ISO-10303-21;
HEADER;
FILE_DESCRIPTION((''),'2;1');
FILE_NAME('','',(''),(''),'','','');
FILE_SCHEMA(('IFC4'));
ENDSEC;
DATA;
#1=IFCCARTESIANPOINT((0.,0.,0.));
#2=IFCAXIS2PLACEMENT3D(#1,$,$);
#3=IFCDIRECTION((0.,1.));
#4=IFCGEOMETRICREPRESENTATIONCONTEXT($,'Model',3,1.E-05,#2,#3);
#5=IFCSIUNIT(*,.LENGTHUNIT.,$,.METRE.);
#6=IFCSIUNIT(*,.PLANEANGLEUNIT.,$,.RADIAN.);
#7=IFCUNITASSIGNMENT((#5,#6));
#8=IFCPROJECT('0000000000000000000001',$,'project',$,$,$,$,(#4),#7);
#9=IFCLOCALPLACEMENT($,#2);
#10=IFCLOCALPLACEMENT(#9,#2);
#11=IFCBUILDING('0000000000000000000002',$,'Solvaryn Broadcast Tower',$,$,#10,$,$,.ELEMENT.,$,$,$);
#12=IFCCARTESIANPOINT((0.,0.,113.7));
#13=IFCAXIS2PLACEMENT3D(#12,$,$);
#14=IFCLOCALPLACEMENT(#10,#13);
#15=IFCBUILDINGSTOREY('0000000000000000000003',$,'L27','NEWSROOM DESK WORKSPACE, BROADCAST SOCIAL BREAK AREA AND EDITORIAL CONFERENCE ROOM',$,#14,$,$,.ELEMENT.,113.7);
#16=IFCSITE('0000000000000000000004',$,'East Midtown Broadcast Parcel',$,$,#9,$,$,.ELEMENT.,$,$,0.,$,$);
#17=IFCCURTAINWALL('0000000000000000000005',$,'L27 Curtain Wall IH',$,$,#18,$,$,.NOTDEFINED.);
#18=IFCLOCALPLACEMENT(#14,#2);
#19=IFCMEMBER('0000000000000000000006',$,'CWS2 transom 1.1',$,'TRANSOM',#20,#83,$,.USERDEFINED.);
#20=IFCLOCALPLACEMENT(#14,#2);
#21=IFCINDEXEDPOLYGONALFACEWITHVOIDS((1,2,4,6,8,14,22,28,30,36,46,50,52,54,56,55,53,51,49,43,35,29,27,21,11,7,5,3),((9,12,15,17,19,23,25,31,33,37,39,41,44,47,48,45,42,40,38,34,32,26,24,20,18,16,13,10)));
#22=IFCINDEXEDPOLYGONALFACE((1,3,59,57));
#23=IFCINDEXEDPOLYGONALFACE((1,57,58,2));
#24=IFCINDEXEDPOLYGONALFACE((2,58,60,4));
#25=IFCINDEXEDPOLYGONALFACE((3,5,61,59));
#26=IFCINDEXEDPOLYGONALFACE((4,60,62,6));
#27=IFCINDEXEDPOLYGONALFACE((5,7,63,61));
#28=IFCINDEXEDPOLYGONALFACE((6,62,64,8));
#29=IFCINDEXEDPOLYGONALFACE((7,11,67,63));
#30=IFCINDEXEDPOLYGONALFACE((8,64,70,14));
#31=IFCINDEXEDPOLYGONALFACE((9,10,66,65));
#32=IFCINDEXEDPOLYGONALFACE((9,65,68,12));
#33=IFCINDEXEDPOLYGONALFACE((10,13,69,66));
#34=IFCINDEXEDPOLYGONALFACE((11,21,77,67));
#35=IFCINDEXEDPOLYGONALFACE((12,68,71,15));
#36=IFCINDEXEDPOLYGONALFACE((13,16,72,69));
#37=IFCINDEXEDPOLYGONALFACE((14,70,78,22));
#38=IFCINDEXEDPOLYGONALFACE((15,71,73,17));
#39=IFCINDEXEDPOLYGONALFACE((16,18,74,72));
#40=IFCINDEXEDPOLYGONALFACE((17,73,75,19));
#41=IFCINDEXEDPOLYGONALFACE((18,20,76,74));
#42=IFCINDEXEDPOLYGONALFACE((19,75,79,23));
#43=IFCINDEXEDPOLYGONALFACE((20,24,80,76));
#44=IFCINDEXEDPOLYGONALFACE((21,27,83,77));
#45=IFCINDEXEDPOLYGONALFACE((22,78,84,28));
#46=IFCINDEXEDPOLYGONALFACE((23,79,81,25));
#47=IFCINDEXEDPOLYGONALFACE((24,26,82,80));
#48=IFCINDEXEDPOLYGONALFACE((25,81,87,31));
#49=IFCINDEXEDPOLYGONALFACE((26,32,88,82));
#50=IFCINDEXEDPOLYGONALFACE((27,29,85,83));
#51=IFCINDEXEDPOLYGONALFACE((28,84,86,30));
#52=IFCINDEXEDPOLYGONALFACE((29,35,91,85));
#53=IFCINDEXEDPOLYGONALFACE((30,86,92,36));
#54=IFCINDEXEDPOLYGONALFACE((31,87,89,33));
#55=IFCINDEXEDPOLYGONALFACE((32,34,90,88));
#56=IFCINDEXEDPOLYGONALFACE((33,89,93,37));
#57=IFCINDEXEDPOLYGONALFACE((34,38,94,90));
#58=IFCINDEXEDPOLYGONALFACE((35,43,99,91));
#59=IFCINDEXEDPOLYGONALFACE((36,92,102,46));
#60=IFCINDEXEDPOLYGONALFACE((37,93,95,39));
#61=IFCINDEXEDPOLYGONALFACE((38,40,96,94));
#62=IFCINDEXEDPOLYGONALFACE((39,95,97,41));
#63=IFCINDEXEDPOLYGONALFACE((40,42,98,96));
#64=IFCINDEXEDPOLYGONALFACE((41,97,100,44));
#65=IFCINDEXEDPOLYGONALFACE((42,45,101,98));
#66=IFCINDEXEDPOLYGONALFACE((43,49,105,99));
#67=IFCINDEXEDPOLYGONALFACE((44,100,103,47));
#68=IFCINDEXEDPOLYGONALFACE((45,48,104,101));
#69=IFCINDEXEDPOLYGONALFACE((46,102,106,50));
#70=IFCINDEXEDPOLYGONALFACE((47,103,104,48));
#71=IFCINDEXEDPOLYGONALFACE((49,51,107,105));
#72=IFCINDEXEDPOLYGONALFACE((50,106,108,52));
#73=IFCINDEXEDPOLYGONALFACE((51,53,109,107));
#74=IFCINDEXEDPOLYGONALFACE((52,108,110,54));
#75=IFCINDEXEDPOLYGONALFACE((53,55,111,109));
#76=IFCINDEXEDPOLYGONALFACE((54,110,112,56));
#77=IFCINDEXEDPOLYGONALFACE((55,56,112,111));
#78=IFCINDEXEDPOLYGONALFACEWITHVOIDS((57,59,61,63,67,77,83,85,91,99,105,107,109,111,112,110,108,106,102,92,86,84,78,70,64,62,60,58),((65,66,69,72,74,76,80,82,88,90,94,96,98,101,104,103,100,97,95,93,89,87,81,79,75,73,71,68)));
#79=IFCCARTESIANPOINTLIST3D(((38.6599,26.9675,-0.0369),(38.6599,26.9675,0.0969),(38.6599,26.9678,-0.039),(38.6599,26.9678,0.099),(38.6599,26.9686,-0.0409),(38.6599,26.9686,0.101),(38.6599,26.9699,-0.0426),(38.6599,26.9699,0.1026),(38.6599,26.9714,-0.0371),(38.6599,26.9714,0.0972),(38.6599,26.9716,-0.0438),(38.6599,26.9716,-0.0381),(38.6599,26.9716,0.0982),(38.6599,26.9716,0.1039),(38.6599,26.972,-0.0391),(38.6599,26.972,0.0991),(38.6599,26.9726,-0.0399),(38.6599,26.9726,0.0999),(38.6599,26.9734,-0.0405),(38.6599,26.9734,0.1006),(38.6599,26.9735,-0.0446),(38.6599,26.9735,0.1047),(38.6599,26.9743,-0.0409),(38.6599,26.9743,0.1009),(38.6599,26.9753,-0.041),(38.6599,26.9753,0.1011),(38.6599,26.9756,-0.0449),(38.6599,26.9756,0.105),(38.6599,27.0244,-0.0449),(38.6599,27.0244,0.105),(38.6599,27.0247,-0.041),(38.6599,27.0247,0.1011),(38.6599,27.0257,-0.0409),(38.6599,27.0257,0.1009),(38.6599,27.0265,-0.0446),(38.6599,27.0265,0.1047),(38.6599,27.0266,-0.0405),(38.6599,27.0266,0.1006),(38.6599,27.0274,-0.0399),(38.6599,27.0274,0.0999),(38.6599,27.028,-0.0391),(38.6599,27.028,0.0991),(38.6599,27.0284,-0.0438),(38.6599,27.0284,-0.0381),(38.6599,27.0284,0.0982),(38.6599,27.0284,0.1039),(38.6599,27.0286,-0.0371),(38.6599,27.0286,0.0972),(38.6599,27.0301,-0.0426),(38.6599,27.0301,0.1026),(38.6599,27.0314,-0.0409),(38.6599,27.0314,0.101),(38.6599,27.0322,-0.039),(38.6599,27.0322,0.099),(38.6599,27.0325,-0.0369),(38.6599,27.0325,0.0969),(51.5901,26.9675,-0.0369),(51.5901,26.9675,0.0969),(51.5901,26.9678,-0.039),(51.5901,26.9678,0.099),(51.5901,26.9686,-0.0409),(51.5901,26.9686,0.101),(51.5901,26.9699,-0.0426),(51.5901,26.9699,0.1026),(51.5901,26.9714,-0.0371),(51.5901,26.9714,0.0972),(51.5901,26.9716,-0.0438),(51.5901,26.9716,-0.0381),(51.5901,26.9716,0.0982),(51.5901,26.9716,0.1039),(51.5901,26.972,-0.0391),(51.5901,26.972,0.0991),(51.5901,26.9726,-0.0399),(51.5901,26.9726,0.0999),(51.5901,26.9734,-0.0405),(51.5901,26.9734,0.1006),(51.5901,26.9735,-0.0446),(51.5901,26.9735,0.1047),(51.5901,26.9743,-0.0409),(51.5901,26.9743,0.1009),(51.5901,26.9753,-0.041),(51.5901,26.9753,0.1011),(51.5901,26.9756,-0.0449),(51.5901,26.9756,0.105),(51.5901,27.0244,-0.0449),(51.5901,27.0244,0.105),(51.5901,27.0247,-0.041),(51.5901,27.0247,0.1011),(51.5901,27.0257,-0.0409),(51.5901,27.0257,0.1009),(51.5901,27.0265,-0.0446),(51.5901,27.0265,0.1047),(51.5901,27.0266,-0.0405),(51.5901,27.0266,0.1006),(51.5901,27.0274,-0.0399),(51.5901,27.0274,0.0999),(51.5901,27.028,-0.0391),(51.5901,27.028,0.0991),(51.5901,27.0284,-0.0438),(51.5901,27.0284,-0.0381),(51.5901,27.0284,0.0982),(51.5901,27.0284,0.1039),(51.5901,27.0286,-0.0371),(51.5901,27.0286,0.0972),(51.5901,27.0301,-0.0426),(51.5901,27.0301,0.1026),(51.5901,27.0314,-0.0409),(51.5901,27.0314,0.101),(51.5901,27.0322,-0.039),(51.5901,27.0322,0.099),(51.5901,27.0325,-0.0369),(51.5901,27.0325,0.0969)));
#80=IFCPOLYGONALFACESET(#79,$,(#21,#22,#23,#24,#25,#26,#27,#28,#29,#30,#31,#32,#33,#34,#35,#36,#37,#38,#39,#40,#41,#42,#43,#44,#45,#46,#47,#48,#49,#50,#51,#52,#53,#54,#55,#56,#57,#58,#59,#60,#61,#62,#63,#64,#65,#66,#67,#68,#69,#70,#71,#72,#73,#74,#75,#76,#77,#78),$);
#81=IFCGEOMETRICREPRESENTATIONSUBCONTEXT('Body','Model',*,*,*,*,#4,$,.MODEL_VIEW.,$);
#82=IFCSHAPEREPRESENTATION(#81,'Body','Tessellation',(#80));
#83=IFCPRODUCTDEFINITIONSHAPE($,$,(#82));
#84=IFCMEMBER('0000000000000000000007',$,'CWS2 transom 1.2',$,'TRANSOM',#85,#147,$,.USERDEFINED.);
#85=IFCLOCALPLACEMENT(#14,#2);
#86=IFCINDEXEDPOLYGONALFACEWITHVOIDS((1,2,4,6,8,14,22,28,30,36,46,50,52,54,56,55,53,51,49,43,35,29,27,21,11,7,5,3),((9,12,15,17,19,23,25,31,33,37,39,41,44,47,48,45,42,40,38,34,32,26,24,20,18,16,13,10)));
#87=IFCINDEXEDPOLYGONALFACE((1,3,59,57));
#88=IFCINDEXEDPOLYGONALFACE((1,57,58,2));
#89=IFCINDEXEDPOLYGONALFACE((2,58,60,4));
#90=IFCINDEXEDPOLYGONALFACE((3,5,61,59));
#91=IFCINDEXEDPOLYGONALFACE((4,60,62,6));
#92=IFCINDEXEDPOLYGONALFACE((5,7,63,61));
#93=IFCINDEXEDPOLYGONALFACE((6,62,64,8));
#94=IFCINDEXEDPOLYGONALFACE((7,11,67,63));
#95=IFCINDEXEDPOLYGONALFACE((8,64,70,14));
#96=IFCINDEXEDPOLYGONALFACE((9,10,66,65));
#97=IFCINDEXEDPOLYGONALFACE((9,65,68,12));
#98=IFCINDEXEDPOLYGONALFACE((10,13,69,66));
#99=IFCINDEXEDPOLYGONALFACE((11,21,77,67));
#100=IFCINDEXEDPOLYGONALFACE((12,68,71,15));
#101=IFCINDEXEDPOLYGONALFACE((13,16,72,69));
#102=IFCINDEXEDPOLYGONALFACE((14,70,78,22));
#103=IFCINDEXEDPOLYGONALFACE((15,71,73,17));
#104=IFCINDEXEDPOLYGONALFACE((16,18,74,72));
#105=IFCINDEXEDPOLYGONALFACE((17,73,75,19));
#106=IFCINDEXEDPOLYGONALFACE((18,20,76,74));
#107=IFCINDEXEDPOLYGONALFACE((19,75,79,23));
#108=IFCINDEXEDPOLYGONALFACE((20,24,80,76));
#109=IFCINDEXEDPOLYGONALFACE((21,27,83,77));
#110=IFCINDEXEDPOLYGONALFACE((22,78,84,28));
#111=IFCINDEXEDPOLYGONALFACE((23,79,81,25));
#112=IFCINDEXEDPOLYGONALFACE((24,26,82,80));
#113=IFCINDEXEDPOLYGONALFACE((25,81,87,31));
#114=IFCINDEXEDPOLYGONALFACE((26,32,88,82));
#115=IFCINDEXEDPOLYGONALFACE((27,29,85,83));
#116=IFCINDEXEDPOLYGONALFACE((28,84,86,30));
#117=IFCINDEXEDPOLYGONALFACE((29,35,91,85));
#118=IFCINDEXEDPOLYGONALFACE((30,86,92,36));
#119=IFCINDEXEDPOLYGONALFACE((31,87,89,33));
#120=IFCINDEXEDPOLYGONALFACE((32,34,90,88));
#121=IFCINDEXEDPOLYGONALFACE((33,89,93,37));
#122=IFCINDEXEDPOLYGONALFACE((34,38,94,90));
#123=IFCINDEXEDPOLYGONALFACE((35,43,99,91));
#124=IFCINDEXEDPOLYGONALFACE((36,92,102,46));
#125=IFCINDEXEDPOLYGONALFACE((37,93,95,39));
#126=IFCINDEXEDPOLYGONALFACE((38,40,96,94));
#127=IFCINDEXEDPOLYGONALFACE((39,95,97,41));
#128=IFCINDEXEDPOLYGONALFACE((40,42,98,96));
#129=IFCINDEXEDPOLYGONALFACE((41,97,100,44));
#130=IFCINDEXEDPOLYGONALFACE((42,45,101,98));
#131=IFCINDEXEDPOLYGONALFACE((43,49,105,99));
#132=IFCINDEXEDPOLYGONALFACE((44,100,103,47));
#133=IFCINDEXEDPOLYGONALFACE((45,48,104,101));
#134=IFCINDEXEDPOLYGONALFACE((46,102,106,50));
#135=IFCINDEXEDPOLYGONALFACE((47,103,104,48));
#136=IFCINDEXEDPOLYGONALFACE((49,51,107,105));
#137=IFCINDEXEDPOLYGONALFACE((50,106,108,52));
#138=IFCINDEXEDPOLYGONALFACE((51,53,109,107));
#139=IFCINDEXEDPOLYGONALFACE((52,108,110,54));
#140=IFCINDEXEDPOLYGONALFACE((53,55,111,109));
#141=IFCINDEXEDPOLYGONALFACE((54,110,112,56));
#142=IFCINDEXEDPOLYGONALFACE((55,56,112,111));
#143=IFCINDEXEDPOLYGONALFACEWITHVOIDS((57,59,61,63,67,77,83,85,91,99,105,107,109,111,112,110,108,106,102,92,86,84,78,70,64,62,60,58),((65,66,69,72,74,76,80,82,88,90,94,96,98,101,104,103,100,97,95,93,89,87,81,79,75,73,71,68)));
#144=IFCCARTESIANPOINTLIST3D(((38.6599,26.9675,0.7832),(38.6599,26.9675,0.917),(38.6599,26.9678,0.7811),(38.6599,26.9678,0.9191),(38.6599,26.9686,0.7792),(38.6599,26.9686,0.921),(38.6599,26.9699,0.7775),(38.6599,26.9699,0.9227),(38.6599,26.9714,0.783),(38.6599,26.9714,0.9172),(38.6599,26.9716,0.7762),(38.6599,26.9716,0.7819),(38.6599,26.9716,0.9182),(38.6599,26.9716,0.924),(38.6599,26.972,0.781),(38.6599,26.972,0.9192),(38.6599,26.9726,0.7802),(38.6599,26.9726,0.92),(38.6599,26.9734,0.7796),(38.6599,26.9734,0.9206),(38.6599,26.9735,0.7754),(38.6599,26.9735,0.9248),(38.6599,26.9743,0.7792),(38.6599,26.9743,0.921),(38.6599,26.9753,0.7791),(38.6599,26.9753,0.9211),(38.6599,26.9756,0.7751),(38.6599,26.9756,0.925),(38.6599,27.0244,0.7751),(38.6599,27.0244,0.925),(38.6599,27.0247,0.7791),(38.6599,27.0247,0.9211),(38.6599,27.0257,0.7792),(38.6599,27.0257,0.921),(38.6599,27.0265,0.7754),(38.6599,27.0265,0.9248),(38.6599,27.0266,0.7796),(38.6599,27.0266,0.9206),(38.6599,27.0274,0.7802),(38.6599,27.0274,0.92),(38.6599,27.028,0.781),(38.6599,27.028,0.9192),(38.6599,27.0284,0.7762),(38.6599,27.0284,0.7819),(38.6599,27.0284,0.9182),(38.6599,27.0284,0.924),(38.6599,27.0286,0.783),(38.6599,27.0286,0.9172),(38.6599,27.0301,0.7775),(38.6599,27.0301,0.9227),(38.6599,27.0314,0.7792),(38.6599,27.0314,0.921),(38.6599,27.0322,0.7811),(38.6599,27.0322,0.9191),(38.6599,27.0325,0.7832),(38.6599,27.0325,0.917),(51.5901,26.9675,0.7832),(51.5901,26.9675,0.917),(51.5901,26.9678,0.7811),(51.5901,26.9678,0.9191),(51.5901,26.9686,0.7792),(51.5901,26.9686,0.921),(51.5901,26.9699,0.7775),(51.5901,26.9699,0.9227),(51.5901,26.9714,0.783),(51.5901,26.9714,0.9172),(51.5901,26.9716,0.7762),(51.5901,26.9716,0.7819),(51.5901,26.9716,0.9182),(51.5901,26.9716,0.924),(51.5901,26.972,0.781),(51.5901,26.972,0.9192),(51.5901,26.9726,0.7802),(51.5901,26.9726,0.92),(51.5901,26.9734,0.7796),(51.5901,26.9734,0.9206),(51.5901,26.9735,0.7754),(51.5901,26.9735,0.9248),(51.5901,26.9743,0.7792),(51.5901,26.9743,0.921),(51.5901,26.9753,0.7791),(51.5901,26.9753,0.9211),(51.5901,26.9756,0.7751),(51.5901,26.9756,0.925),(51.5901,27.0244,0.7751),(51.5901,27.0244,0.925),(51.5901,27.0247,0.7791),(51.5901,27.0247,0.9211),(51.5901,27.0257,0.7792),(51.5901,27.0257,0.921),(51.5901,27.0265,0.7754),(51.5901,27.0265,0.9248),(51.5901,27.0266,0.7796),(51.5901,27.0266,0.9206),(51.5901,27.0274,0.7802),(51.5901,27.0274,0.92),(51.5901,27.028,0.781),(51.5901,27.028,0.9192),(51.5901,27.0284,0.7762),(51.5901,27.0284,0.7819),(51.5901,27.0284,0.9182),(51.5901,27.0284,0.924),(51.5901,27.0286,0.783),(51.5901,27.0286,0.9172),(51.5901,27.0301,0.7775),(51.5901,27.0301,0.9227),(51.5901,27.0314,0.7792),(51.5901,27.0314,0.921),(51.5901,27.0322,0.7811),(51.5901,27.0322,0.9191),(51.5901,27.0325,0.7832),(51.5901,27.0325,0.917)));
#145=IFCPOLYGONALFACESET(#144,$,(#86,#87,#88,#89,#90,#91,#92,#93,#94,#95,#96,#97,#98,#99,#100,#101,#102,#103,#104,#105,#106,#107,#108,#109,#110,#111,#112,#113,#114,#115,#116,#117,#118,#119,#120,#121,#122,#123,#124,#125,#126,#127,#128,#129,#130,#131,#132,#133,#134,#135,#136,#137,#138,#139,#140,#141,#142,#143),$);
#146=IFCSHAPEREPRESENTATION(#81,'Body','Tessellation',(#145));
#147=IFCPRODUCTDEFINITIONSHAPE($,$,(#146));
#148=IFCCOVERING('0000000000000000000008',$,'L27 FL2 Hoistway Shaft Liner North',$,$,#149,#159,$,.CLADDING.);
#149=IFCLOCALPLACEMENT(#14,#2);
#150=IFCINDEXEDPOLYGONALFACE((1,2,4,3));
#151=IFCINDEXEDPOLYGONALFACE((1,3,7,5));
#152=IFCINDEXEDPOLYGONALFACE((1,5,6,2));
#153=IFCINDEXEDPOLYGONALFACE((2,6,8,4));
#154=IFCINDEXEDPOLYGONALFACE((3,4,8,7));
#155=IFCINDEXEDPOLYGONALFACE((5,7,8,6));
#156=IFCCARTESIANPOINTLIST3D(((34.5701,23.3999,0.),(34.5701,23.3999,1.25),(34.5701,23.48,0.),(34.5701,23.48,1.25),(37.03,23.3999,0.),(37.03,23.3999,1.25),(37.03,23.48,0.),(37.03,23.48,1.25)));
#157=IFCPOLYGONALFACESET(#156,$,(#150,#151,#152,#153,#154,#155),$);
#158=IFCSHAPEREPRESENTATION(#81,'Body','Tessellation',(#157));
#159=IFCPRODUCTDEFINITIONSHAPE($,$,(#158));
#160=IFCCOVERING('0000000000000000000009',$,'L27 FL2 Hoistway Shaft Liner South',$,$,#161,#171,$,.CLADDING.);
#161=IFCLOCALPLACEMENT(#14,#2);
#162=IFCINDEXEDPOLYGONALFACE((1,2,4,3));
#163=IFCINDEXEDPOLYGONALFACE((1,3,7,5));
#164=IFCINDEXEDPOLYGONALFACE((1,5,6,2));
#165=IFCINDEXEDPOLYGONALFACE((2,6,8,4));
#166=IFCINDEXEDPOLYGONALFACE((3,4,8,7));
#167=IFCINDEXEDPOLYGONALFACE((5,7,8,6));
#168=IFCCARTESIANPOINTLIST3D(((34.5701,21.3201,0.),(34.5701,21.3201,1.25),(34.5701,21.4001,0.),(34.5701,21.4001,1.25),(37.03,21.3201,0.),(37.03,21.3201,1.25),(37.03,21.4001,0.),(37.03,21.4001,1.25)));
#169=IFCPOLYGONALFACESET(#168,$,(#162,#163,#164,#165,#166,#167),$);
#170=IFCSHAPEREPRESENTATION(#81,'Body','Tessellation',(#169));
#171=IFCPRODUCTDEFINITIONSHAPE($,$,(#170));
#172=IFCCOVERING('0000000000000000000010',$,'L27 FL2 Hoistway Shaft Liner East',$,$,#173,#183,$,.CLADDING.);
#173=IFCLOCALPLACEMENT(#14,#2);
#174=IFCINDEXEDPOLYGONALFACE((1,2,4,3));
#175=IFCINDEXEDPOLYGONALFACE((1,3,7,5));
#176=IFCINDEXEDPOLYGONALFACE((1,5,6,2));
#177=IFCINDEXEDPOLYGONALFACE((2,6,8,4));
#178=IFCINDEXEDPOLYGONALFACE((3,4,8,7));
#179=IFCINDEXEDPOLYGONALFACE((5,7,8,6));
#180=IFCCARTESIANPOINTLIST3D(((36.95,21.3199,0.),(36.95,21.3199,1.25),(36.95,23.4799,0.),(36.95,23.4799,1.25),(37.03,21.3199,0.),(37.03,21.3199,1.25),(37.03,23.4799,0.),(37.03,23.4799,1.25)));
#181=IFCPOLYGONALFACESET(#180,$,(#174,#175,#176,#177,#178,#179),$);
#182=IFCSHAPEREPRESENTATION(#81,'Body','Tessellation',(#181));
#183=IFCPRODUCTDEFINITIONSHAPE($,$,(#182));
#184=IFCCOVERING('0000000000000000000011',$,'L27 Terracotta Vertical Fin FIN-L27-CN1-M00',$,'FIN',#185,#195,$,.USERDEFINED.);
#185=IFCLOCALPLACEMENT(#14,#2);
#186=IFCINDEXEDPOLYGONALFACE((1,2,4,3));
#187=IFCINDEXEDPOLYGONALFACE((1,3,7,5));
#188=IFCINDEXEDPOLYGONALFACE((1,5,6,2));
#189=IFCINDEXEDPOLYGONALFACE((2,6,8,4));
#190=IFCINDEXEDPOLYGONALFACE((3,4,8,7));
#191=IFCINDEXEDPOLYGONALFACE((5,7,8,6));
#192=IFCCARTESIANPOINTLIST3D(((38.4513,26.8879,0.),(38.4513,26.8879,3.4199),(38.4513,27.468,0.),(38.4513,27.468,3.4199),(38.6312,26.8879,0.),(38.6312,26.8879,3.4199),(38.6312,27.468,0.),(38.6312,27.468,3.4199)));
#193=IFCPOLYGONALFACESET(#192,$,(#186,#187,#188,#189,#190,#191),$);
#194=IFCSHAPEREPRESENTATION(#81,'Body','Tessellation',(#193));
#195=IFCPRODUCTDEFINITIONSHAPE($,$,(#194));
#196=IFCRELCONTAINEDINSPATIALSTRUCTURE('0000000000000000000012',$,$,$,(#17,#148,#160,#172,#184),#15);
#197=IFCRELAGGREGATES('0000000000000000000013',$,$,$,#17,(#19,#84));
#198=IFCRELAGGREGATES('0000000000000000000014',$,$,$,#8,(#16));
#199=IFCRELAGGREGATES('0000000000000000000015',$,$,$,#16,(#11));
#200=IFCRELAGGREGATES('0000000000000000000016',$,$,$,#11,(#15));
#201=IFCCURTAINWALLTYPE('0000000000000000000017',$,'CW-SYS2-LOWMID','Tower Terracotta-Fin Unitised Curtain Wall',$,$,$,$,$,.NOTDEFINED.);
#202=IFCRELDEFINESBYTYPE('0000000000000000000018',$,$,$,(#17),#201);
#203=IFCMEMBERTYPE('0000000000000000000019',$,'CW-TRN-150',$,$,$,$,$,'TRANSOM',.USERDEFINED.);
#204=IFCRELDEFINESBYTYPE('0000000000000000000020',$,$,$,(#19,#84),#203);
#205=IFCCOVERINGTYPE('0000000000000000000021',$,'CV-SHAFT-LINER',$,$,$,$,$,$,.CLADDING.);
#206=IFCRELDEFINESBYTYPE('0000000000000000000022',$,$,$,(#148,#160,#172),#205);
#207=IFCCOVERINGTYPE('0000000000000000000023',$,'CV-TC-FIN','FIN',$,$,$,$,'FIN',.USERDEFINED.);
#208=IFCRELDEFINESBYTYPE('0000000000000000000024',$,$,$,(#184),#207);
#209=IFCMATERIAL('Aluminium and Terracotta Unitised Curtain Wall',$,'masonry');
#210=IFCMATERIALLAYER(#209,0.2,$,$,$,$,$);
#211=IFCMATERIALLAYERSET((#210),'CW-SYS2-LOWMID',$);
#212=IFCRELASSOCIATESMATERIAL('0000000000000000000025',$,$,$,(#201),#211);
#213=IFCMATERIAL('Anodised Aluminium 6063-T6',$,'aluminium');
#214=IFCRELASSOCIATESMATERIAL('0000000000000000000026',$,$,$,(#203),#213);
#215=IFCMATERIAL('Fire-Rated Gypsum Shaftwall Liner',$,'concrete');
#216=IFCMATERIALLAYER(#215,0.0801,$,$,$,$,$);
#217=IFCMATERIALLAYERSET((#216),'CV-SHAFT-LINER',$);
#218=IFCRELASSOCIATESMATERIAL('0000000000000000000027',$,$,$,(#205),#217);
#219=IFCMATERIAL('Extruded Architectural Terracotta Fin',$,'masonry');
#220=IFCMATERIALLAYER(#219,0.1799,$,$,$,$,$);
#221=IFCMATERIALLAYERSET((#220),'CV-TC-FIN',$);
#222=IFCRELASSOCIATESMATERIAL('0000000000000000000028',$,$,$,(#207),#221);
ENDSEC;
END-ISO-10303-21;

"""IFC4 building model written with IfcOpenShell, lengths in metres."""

from ifc_helpers import new_model, si_unit, direction, frame, origin, origin_2d, place, context, subcontext, project, spatial, rectangle, hollow_rectangle, extrude, material, layer, layer_set, material_profile, profile_set, type_object, element, aggregate, save


model = new_model("IFC4")

# Units and contexts
model_context = context("Model", 3, precision=1e-05, world=origin(), true_north=direction((0.0, 1.0)))
body_context = subcontext(model_context, "Body", "Model", "MODEL_VIEW")
ifc_project = project(units=[si_unit("LENGTHUNIT", "METRE"), si_unit("PLANEANGLEUNIT", "RADIAN")], contexts=[model_context])

# Site, building, storey
site_placement = place(None, origin())
site = spatial("IfcSite", under=ifc_project, at=site_placement, Name="East Midtown Broadcast Parcel", CompositionType="ELEMENT", RefElevation=0.0)
building_placement = place(site_placement, origin())
building = spatial("IfcBuilding", under=site, at=building_placement, Name="Solvaryn Broadcast Tower", CompositionType="ELEMENT")
storey_placement = place(building_placement, frame((0.0, 0.0, 113.7)))
storey = spatial("IfcBuildingStorey", under=building, at=storey_placement, Name="L27", Description="NEWSROOM DESK WORKSPACE, BROADCAST SOCIAL BREAK AREA AND EDITORIAL CONFERENCE ROOM", CompositionType="ELEMENT", Elevation=113.7)

# Curtain wall
ifc_material_1 = material(Name="Aluminium and Terracotta Unitised Curtain Wall", Category="masonry")
ifc_layer_1 = layer(ifc_material_1, 0.2)
ifc_layer_set_1 = layer_set([ifc_layer_1], Name="CW-SYS2-LOWMID")
curtain_wall_type = type_object("IfcCurtainWallType", Name="CW-SYS2-LOWMID", Description="Tower Terracotta-Fin Unitised Curtain Wall", PredefinedType="NOTDEFINED", material=ifc_layer_set_1)
curtain_wall_1_placement = place(storey_placement, origin())
curtain_wall_1 = element("IfcCurtainWall", 1, at=curtain_wall_1_placement, inside=storey, type_object=curtain_wall_type, Name="L27 Curtain Wall IH", PredefinedType="NOTDEFINED")

# Members
ifc_material_2 = material(Name="Anodised Aluminium 6063-T6", Category="aluminium")
ifc_material_profile_1 = material_profile(ifc_material_2, hollow_rectangle(XDim=0.0649, YDim=0.1499, WallThickness=0.0039, InnerFilletRadius=0.0039, OuterFilletRadius=0.0081, at=origin_2d()))
ifc_profile_set_1 = profile_set([ifc_material_profile_1], Name="Anodised Aluminium 6063-T6")
member_type_1 = type_object("IfcMemberType", Name="CW-TRN-150", ElementType="TRANSOM", PredefinedType="USERDEFINED", material=ifc_profile_set_1)
member_1_placement = place(storey_placement, frame((38.6599, 27.0, 0.03), z_axis=(1.0, 0.0, 0.0), x_axis=(0.0, 1.0, 0.0)))
member_1 = element("IfcMember", 2, at=member_1_placement, type_object=member_type_1, Name="CWS2 transom 1.1", ObjectType="TRANSOM", PredefinedType="USERDEFINED", context=body_context, shape_type="SweptSolid", body=[
    extrude(hollow_rectangle(XDim=0.0649, YDim=0.1499, WallThickness=0.0039, InnerFilletRadius=0.0039, OuterFilletRadius=0.0081, at=origin_2d()), origin(), (0.0, 0.0, 1.0), 12.9302),
])
member_2_placement = place(storey_placement, frame((38.6599, 27.0, 0.8501), z_axis=(1.0, 0.0, 0.0), x_axis=(0.0, 1.0, 0.0)))
member_2 = element("IfcMember", 3, at=member_2_placement, type_object=member_type_1, Name="CWS2 transom 1.2", ObjectType="TRANSOM", PredefinedType="USERDEFINED", context=body_context, shape_type="SweptSolid", body=[
    extrude(hollow_rectangle(XDim=0.0649, YDim=0.1499, WallThickness=0.0039, InnerFilletRadius=0.0039, OuterFilletRadius=0.0081, at=origin_2d()), origin(), (0.0, 0.0, 1.0), 12.9302),
])
aggregate(curtain_wall_1, [member_1, member_2])

# Coverings
ifc_material_3 = material(Name="Fire-Rated Gypsum Shaftwall Liner", Category="concrete")
ifc_layer_2 = layer(ifc_material_3, 0.0801)
ifc_layer_set_2 = layer_set([ifc_layer_2], Name="CV-SHAFT-LINER")
covering_type_1 = type_object("IfcCoveringType", Name="CV-SHAFT-LINER", PredefinedType="CLADDING", material=ifc_layer_set_2)
for number, where, z_axis, x_axis, name in (
    (4, (35.8, 23.4399, 0.0), (0.0, 0.0, 1.0), (1.0, 0.0, 0.0), "L27 FL2 Hoistway Shaft Liner North"),
    (5, (35.8, 21.3601, 0.0), (0.0, 0.0, 1.0), (1.0, 0.0, 0.0), "L27 FL2 Hoistway Shaft Liner South"),
):
    element("IfcCovering", number, at=place(storey_placement, frame(where, z_axis=z_axis, x_axis=x_axis)), inside=storey, type_object=covering_type_1, Name=name, PredefinedType="CLADDING", context=body_context, shape_type="SweptSolid", body=[
        extrude(rectangle(XDim=2.46, YDim=0.0801, at=origin_2d()), origin(), (0.0, 0.0, 1.0), 1.25),
    ])
covering_placement = place(storey_placement, frame((36.99, 22.3999, 0.0), z_axis=(0.0, 0.0, 1.0), x_axis=(1.0, 0.0, 0.0)))
element("IfcCovering", 6, at=covering_placement, inside=storey, type_object=covering_type_1, Name="L27 FL2 Hoistway Shaft Liner East", PredefinedType="CLADDING", context=body_context, shape_type="SweptSolid", body=[
    extrude(rectangle(XDim=0.0801, YDim=2.1599, at=origin_2d()), origin(), (0.0, 0.0, 1.0), 1.25),
])
ifc_material_4 = material(Name="Extruded Architectural Terracotta Fin", Category="masonry")
ifc_layer_3 = layer(ifc_material_4, 0.1799)
ifc_layer_set_3 = layer_set([ifc_layer_3], Name="CV-TC-FIN")
covering_type_2 = type_object("IfcCoveringType", Name="CV-TC-FIN", Description="FIN", ElementType="FIN", PredefinedType="USERDEFINED", material=ifc_layer_set_3)
for number, where, z_axis, x_axis, name in (
    (7, (38.5413, 27.178, 0.0), (0.0, 0.0, 1.0), (1.0, 0.0, 0.0), "L27 Terracotta Vertical Fin FIN-L27-CN1-M00"),
):
    element("IfcCovering", number, at=place(storey_placement, frame(where, z_axis=z_axis, x_axis=x_axis)), inside=storey, type_object=covering_type_2, Name=name, ObjectType="FIN", PredefinedType="USERDEFINED", context=body_context, shape_type="SweptSolid", body=[
        extrude(rectangle(XDim=0.1799, YDim=0.5801, at=origin_2d()), origin(), (0.0, 0.0, 1.0), 3.4199),
    ])

save(model, "model.ifc")
